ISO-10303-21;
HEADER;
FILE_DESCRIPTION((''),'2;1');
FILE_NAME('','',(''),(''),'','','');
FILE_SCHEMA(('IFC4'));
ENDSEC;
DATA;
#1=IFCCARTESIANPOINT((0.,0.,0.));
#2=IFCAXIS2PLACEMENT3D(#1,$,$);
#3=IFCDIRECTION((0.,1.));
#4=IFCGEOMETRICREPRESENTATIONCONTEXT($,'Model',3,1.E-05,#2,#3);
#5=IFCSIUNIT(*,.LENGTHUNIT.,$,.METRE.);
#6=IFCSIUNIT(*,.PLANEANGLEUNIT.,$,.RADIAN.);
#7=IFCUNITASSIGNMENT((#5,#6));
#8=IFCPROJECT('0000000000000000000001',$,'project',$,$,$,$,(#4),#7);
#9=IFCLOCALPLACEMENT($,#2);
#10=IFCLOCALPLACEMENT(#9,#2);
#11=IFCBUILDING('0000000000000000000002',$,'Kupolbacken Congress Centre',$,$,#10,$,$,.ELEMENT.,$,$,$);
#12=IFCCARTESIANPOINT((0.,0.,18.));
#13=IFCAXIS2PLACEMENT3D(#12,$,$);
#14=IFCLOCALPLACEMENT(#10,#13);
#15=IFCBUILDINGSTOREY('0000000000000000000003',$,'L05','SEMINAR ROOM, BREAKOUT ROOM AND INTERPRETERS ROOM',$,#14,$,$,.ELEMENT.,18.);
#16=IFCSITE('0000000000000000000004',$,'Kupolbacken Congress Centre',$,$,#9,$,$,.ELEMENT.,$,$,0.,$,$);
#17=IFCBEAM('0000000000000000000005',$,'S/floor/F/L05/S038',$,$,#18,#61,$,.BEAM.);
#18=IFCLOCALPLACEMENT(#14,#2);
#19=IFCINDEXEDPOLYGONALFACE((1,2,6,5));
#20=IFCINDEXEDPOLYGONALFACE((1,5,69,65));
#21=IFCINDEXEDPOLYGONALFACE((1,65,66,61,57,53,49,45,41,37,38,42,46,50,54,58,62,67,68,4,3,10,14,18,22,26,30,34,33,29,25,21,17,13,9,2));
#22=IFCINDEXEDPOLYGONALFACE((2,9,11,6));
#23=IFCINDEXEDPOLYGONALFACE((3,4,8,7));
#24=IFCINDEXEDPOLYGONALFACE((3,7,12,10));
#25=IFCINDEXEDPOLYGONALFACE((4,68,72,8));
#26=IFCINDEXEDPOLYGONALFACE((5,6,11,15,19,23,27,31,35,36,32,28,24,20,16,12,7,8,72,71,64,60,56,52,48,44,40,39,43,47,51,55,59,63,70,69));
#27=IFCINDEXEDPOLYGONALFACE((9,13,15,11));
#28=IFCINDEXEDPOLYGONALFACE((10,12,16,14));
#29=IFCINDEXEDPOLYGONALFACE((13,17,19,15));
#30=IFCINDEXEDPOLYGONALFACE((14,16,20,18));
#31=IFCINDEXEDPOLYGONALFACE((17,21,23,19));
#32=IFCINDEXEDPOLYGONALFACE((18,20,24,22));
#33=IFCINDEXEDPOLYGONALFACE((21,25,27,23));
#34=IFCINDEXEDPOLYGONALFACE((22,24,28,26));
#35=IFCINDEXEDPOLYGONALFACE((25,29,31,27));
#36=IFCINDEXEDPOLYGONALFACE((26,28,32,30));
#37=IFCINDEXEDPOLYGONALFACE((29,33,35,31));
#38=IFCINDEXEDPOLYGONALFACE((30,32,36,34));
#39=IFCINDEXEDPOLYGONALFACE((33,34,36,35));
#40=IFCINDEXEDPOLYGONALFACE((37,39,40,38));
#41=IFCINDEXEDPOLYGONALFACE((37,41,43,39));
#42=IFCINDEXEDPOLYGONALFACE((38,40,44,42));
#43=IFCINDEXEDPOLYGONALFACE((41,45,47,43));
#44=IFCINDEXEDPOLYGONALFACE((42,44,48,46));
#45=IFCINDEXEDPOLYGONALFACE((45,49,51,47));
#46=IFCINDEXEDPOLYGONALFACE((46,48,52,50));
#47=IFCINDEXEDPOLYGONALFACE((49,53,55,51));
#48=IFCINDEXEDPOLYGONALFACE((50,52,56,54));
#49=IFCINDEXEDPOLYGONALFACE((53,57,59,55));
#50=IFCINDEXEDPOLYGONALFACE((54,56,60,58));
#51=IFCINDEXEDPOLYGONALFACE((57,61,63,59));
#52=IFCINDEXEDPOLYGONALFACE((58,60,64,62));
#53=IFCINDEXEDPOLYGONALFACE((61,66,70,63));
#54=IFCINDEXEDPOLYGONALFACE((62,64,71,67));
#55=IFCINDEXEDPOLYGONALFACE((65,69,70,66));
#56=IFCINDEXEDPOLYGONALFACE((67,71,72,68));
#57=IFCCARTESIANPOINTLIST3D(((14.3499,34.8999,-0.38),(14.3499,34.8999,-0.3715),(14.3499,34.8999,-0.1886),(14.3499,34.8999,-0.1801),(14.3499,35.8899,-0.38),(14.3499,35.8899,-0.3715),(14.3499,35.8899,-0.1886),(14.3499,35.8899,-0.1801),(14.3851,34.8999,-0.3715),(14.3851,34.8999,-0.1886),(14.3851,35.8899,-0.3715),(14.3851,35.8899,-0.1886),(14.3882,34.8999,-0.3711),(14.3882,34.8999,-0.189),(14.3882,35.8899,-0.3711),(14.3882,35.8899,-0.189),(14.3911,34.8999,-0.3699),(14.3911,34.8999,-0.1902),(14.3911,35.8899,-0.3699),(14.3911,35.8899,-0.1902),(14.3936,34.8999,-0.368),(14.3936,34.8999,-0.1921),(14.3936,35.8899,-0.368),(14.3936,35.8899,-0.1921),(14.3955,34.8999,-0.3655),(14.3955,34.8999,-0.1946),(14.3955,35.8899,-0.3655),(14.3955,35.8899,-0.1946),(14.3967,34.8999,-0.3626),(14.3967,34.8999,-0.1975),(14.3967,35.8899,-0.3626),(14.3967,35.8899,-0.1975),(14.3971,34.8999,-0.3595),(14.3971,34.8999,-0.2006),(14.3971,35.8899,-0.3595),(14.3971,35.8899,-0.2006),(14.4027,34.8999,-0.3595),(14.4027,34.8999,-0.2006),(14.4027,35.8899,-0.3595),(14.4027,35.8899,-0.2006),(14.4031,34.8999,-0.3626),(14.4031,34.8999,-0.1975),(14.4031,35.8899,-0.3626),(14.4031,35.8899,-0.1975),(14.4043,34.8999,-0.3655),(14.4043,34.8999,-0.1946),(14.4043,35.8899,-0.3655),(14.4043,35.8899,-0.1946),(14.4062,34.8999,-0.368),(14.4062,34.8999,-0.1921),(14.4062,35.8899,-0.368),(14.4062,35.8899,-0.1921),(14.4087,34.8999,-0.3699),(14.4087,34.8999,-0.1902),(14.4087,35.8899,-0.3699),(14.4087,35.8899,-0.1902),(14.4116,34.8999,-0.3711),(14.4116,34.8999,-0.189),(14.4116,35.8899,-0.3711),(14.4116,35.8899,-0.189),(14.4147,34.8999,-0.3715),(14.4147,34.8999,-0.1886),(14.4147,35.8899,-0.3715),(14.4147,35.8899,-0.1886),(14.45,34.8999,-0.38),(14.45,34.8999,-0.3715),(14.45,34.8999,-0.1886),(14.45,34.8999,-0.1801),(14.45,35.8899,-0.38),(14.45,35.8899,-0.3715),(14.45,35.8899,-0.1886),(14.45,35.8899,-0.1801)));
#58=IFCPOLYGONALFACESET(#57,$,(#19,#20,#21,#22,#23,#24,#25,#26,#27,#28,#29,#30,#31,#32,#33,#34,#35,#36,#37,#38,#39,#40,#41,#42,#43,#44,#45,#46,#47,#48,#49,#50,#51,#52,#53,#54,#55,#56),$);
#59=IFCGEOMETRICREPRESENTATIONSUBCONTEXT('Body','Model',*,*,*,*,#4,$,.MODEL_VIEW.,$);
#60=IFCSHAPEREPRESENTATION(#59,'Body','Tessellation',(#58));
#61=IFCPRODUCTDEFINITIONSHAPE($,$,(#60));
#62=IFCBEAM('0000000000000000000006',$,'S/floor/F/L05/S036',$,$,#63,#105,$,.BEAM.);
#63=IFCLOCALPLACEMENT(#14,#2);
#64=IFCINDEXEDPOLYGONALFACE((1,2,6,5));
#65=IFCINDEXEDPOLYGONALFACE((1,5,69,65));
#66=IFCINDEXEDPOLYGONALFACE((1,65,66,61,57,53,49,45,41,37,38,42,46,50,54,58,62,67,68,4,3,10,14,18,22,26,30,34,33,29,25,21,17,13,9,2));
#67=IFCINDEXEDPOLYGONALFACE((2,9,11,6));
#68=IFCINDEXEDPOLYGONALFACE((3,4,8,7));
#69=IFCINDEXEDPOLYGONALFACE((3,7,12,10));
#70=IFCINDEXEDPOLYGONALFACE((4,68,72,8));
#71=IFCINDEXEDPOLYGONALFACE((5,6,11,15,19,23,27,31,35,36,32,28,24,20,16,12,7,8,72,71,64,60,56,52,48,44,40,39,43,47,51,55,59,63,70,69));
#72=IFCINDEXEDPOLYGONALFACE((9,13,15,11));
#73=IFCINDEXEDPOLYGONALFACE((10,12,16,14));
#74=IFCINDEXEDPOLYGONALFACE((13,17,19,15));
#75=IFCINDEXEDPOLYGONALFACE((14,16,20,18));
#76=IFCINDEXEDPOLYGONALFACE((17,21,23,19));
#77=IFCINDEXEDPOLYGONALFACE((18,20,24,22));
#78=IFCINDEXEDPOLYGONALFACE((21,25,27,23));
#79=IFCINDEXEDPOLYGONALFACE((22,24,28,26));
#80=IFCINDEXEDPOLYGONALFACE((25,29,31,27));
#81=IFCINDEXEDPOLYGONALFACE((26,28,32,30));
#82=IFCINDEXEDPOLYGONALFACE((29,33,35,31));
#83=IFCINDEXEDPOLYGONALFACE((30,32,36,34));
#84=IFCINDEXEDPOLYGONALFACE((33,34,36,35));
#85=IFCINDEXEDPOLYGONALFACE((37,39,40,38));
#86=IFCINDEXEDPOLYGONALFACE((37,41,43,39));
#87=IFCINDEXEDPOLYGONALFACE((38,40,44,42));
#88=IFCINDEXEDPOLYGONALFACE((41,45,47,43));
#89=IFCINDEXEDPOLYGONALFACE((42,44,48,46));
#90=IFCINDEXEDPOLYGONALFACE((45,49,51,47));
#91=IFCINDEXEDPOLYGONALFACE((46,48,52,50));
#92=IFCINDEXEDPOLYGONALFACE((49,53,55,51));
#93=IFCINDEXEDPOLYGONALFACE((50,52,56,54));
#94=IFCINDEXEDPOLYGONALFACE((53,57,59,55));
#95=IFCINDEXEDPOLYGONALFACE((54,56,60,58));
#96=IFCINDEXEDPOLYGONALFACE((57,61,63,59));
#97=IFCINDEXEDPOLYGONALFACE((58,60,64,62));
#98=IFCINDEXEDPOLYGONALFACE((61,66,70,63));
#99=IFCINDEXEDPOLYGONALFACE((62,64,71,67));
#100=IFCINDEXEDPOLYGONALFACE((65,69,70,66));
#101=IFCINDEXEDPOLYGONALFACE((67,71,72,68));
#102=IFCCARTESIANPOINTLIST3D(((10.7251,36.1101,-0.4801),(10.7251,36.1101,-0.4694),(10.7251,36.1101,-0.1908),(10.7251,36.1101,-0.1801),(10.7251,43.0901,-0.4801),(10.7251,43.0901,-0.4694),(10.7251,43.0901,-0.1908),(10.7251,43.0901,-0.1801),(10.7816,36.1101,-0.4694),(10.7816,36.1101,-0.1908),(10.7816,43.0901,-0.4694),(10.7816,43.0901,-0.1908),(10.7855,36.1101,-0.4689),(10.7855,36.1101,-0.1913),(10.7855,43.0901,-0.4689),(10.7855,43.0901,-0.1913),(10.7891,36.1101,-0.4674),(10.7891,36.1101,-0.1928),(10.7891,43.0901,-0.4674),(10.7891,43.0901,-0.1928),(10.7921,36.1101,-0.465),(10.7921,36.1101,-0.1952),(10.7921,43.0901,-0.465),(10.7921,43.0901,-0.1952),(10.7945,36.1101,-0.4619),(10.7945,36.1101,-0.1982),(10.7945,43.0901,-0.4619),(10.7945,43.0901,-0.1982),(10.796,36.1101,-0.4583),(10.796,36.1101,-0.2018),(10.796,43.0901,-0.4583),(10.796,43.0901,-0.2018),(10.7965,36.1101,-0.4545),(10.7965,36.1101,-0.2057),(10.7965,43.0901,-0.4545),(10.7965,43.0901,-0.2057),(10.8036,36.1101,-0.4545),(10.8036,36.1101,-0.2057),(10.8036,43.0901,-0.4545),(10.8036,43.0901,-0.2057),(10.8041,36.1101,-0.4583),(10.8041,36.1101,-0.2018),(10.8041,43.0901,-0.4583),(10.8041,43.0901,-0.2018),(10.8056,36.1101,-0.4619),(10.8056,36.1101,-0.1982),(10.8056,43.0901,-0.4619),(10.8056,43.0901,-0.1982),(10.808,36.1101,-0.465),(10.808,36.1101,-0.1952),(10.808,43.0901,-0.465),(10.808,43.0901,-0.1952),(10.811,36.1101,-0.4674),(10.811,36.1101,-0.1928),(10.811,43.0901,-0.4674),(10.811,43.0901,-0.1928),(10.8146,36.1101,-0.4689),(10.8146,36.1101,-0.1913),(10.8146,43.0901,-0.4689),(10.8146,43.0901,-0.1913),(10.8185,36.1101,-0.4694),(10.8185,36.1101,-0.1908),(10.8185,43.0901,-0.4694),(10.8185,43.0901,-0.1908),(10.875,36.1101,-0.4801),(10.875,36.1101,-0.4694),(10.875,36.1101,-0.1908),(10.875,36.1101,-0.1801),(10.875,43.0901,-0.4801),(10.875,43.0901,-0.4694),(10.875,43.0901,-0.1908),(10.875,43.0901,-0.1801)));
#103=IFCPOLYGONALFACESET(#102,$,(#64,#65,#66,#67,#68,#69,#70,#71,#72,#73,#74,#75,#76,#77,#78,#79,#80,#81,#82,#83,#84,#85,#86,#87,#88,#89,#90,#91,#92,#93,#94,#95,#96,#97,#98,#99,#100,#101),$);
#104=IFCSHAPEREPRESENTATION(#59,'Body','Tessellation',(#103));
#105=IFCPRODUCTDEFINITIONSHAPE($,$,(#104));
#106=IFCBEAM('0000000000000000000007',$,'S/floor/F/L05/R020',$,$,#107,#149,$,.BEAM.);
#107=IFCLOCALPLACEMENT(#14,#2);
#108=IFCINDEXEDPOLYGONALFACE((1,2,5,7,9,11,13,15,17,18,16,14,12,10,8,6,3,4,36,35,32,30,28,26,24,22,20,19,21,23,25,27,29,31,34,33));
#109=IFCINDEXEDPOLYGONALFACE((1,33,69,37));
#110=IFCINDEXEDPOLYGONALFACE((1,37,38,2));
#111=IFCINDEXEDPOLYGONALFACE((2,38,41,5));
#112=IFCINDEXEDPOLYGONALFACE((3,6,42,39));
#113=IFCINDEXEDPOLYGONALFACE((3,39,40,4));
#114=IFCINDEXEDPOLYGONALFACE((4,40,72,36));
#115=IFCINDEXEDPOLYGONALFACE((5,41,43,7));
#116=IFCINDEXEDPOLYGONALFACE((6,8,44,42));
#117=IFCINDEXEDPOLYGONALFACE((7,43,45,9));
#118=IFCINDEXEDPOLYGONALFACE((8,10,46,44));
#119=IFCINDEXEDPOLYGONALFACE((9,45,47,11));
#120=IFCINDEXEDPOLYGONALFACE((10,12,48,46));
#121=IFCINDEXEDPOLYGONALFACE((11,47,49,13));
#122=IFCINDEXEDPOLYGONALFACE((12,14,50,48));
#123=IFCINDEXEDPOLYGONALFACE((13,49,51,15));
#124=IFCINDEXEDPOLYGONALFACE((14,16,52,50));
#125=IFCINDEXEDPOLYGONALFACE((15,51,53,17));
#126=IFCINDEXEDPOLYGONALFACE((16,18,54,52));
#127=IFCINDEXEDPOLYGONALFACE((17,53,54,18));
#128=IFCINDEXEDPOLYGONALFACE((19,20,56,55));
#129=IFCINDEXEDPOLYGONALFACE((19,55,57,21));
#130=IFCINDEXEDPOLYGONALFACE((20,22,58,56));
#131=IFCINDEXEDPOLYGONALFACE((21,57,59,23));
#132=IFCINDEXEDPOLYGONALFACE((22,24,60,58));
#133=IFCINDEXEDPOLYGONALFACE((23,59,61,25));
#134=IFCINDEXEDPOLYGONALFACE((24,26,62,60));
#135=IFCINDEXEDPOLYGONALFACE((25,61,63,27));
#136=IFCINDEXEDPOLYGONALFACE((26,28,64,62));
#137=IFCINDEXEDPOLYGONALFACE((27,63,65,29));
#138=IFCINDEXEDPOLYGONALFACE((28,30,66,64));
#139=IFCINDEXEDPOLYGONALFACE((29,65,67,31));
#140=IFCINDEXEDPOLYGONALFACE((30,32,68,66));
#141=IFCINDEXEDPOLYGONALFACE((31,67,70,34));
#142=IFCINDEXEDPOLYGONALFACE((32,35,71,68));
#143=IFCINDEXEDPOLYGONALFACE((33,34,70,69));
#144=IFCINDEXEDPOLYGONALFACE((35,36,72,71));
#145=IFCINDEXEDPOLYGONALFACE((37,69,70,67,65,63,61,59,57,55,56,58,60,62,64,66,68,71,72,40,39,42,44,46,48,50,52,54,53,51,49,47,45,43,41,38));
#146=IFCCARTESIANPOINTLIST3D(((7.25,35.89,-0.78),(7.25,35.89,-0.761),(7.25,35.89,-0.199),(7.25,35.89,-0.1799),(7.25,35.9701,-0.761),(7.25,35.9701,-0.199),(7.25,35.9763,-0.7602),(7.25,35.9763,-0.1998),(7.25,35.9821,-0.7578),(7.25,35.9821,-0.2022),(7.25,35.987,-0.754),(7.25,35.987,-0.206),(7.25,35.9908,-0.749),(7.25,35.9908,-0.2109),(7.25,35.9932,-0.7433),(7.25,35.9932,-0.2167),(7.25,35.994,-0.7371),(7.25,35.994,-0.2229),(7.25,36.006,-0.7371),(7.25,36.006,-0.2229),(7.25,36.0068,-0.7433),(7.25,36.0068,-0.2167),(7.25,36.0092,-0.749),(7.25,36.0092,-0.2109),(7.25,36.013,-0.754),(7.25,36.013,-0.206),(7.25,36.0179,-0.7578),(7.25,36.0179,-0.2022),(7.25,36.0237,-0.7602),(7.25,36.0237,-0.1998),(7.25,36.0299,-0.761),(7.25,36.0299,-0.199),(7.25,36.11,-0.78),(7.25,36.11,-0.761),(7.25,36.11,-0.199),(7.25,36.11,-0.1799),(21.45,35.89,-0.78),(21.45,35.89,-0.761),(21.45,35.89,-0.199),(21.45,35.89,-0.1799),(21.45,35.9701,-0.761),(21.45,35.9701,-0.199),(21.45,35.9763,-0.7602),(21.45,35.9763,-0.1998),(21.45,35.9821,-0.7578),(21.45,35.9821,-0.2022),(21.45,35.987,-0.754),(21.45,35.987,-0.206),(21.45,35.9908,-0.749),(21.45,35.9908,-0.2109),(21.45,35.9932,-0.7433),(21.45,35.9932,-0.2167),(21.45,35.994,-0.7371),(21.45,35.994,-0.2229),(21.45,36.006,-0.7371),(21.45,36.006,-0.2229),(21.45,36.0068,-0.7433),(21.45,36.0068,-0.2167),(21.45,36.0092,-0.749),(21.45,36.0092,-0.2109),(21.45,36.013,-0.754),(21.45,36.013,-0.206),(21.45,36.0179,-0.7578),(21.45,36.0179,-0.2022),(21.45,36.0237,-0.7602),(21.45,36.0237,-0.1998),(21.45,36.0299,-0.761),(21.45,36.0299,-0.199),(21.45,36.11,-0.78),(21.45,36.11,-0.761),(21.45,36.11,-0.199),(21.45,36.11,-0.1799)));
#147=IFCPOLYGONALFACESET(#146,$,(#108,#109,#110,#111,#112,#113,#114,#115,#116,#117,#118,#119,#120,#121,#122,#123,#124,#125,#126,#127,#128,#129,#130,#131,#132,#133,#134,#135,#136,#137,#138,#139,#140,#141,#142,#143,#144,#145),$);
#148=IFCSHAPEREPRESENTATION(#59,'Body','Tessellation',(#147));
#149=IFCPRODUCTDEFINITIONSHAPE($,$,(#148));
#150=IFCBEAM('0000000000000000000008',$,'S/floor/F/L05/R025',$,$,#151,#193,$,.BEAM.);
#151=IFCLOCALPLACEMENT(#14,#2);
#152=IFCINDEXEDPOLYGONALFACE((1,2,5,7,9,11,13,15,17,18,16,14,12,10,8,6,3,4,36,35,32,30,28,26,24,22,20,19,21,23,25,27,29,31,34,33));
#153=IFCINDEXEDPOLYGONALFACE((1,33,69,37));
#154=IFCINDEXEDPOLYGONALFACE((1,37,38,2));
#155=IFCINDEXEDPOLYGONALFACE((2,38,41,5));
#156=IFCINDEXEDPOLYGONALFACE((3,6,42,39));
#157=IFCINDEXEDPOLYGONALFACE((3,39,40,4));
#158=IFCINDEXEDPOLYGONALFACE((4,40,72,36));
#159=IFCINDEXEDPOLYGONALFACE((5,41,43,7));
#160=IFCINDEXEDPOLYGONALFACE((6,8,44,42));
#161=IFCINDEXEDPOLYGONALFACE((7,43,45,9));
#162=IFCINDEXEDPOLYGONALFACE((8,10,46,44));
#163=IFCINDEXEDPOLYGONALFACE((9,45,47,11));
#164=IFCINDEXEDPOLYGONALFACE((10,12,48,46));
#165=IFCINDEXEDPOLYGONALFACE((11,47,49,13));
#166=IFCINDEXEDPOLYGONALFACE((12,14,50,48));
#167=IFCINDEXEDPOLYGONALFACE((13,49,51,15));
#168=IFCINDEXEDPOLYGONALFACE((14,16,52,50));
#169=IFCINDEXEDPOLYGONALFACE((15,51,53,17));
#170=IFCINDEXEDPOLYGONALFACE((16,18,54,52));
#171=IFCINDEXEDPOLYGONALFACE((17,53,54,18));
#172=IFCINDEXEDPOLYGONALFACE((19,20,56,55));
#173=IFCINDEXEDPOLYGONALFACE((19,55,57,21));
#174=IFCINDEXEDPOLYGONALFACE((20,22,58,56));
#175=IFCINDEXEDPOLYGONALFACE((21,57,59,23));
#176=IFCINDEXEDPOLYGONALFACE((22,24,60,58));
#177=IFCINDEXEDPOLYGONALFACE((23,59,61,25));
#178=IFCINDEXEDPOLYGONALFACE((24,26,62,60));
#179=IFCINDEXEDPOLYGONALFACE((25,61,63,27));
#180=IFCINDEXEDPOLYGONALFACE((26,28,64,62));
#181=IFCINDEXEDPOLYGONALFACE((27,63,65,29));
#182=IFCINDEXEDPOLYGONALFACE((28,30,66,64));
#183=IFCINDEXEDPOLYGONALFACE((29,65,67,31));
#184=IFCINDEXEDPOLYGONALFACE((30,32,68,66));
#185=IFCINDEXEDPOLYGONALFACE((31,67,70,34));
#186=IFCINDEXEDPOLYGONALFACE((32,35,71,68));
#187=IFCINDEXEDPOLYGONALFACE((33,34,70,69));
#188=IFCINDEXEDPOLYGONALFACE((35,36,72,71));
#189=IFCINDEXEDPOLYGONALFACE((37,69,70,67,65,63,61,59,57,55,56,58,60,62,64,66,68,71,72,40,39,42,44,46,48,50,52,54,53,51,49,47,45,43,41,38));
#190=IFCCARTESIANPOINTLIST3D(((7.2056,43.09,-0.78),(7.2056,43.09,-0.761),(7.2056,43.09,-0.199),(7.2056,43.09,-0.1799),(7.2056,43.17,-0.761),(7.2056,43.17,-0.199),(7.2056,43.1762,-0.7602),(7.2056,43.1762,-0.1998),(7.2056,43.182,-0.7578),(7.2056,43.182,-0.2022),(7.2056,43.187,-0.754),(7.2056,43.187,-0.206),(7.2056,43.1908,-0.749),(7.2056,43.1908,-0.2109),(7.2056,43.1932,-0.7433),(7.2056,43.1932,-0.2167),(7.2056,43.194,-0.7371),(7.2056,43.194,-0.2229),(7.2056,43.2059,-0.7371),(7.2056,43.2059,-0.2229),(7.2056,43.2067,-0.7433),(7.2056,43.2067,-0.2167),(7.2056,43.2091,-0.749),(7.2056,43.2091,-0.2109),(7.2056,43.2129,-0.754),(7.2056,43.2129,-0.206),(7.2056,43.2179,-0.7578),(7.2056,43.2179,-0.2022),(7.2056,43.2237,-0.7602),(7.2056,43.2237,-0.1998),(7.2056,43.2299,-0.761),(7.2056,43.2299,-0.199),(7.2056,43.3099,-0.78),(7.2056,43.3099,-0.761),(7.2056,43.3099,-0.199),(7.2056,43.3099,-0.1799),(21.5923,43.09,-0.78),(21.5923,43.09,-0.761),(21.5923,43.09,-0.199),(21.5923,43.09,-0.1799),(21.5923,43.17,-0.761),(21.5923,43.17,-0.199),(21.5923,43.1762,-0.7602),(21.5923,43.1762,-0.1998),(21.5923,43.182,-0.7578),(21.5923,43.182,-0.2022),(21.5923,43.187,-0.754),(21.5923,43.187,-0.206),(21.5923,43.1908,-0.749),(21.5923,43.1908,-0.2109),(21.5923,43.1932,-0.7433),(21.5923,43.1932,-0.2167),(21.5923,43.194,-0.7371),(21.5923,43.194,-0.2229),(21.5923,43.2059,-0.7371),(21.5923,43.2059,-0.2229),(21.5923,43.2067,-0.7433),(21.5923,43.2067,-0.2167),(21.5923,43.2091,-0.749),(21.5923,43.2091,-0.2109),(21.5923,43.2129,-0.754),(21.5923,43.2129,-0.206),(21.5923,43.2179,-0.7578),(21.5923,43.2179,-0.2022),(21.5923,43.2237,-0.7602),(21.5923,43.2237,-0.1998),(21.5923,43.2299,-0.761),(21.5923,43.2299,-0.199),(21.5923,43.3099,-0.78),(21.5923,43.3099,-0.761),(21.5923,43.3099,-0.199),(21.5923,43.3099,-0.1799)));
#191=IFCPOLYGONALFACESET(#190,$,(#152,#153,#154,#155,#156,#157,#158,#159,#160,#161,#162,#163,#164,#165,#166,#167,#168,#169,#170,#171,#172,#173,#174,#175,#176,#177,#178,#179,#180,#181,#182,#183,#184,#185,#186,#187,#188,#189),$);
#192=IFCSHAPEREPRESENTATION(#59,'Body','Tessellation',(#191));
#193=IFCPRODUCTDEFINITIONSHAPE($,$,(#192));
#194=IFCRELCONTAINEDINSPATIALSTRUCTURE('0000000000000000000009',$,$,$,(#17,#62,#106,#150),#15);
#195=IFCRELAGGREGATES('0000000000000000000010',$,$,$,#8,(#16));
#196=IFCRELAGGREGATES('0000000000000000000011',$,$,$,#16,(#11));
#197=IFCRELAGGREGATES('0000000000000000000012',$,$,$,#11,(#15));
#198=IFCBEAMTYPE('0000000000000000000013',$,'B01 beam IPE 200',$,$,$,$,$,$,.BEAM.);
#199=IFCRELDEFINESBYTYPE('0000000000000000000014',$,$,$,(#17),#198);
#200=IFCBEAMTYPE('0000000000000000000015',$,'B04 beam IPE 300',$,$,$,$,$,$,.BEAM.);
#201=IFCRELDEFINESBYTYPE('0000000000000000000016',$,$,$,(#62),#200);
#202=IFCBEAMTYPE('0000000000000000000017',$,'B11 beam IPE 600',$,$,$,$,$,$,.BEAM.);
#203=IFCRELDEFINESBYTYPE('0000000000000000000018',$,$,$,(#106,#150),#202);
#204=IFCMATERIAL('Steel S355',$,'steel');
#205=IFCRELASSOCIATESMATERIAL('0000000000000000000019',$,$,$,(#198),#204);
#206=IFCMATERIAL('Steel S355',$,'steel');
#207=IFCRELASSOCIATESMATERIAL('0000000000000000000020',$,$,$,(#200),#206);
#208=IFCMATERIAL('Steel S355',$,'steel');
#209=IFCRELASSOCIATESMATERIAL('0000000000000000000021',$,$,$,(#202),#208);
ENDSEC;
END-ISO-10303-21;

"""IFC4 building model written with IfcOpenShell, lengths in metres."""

from ifc_helpers import new_model, si_unit, direction, frame, origin, origin_2d, place, context, subcontext, project, spatial, i_section, extrude, material, material_profile, profile_set, type_object, element, save


model = new_model("IFC4")

# Units and contexts
model_context = context("Model", 3, precision=1e-05, world=origin(), true_north=direction((0.0, 1.0)))
body_context = subcontext(model_context, "Body", "Model", "MODEL_VIEW")
ifc_project = project(units=[si_unit("LENGTHUNIT", "METRE"), si_unit("PLANEANGLEUNIT", "RADIAN")], contexts=[model_context])

# Site, building, storey
site_placement = place(None, origin())
site = spatial("IfcSite", under=ifc_project, at=site_placement, Name="Kupolbacken Congress Centre", CompositionType="ELEMENT", RefElevation=0.0)
building_placement = place(site_placement, origin())
building = spatial("IfcBuilding", under=site, at=building_placement, Name="Kupolbacken Congress Centre", CompositionType="ELEMENT")
storey_placement = place(building_placement, frame((0.0, 0.0, 18.0)))
storey = spatial("IfcBuildingStorey", under=building, at=storey_placement, Name="L05", Description="SEMINAR ROOM, BREAKOUT ROOM AND INTERPRETERS ROOM", CompositionType="ELEMENT", Elevation=18.0)

# Beams
ifc_material_1 = material(Name="Steel S355", Category="steel")
ifc_material_profile_1 = material_profile(ifc_material_1, i_section(OverallWidth=0.1001, OverallDepth=0.2, WebThickness=0.0056, FlangeThickness=0.0085, FilletRadius=0.012, at=origin_2d()), Name="IPE 200")
ifc_profile_set_1 = profile_set([ifc_material_profile_1], Name="Steel S355")
beam_type_1 = type_object("IfcBeamType", Name="B01 beam IPE 200", PredefinedType="BEAM", material=ifc_profile_set_1)
beam_1_placement = place(storey_placement, frame((14.3999, 34.8999, -0.28), z_axis=(0.0, 1.0, 0.0), x_axis=(-1.0, 0.0, 0.0)))
element("IfcBeam", 1, at=beam_1_placement, inside=storey, type_object=beam_type_1, Name="S/floor/F/L05/S038", PredefinedType="BEAM", context=body_context, shape_type="SweptSolid", body=[
    extrude(i_section(OverallWidth=0.1001, OverallDepth=0.2, WebThickness=0.0056, FlangeThickness=0.0085, FilletRadius=0.012, at=origin_2d()), origin(), (0.0, 0.0, 1.0), 0.99),
])
ifc_material_2 = material(Name="Steel S355", Category="steel")
ifc_material_profile_2 = material_profile(ifc_material_2, i_section(OverallWidth=0.1499, OverallDepth=0.3, WebThickness=0.0071, FlangeThickness=0.0107, FilletRadius=0.0149, at=origin_2d()), Name="IPE 300")
ifc_profile_set_2 = profile_set([ifc_material_profile_2], Name="Steel S355")
beam_type_2 = type_object("IfcBeamType", Name="B04 beam IPE 300", PredefinedType="BEAM", material=ifc_profile_set_2)
beam_2_placement = place(storey_placement, frame((10.8, 36.1101, -0.3301), z_axis=(0.0, 1.0, 0.0), x_axis=(-1.0, 0.0, 0.0)))
element("IfcBeam", 2, at=beam_2_placement, inside=storey, type_object=beam_type_2, Name="S/floor/F/L05/S036", PredefinedType="BEAM", context=body_context, shape_type="SweptSolid", body=[
    extrude(i_section(OverallWidth=0.1499, OverallDepth=0.3, WebThickness=0.0071, FlangeThickness=0.0107, FilletRadius=0.0149, at=origin_2d()), origin(), (0.0, 0.0, 1.0), 6.98),
])
ifc_material_3 = material(Name="Steel S355", Category="steel")
ifc_material_profile_3 = material_profile(ifc_material_3, i_section(OverallWidth=0.22, OverallDepth=0.6001, WebThickness=0.012, FlangeThickness=0.019, FilletRadius=0.0239, at=origin_2d()), Name="IPE 600")
ifc_profile_set_3 = profile_set([ifc_material_profile_3], Name="Steel S355")
beam_type_3 = type_object("IfcBeamType", Name="B11 beam IPE 600", PredefinedType="BEAM", material=ifc_profile_set_3)
beam_3_placement = place(storey_placement, frame((7.25, 36.0, -0.48), z_axis=(1.0, 0.0, 0.0), x_axis=(0.0, 1.0, 0.0)))
element("IfcBeam", 3, at=beam_3_placement, inside=storey, type_object=beam_type_3, Name="S/floor/F/L05/R020", PredefinedType="BEAM", context=body_context, shape_type="SweptSolid", body=[
    extrude(i_section(OverallWidth=0.22, OverallDepth=0.6001, WebThickness=0.012, FlangeThickness=0.019, FilletRadius=0.0239, at=origin_2d()), origin(), (0.0, 0.0, 1.0), 14.2),
])
beam_4_placement = place(storey_placement, frame((7.2056, 43.2, -0.48), z_axis=(1.0, 0.0, 0.0), x_axis=(0.0, 1.0, 0.0)))
element("IfcBeam", 4, at=beam_4_placement, inside=storey, type_object=beam_type_3, Name="S/floor/F/L05/R025", PredefinedType="BEAM", context=body_context, shape_type="SweptSolid", body=[
    extrude(i_section(OverallWidth=0.22, OverallDepth=0.6001, WebThickness=0.012, FlangeThickness=0.019, FilletRadius=0.0239, at=origin_2d()), origin(), (0.0, 0.0, 1.0), 14.3867),
])

save(model, "model.ifc")
